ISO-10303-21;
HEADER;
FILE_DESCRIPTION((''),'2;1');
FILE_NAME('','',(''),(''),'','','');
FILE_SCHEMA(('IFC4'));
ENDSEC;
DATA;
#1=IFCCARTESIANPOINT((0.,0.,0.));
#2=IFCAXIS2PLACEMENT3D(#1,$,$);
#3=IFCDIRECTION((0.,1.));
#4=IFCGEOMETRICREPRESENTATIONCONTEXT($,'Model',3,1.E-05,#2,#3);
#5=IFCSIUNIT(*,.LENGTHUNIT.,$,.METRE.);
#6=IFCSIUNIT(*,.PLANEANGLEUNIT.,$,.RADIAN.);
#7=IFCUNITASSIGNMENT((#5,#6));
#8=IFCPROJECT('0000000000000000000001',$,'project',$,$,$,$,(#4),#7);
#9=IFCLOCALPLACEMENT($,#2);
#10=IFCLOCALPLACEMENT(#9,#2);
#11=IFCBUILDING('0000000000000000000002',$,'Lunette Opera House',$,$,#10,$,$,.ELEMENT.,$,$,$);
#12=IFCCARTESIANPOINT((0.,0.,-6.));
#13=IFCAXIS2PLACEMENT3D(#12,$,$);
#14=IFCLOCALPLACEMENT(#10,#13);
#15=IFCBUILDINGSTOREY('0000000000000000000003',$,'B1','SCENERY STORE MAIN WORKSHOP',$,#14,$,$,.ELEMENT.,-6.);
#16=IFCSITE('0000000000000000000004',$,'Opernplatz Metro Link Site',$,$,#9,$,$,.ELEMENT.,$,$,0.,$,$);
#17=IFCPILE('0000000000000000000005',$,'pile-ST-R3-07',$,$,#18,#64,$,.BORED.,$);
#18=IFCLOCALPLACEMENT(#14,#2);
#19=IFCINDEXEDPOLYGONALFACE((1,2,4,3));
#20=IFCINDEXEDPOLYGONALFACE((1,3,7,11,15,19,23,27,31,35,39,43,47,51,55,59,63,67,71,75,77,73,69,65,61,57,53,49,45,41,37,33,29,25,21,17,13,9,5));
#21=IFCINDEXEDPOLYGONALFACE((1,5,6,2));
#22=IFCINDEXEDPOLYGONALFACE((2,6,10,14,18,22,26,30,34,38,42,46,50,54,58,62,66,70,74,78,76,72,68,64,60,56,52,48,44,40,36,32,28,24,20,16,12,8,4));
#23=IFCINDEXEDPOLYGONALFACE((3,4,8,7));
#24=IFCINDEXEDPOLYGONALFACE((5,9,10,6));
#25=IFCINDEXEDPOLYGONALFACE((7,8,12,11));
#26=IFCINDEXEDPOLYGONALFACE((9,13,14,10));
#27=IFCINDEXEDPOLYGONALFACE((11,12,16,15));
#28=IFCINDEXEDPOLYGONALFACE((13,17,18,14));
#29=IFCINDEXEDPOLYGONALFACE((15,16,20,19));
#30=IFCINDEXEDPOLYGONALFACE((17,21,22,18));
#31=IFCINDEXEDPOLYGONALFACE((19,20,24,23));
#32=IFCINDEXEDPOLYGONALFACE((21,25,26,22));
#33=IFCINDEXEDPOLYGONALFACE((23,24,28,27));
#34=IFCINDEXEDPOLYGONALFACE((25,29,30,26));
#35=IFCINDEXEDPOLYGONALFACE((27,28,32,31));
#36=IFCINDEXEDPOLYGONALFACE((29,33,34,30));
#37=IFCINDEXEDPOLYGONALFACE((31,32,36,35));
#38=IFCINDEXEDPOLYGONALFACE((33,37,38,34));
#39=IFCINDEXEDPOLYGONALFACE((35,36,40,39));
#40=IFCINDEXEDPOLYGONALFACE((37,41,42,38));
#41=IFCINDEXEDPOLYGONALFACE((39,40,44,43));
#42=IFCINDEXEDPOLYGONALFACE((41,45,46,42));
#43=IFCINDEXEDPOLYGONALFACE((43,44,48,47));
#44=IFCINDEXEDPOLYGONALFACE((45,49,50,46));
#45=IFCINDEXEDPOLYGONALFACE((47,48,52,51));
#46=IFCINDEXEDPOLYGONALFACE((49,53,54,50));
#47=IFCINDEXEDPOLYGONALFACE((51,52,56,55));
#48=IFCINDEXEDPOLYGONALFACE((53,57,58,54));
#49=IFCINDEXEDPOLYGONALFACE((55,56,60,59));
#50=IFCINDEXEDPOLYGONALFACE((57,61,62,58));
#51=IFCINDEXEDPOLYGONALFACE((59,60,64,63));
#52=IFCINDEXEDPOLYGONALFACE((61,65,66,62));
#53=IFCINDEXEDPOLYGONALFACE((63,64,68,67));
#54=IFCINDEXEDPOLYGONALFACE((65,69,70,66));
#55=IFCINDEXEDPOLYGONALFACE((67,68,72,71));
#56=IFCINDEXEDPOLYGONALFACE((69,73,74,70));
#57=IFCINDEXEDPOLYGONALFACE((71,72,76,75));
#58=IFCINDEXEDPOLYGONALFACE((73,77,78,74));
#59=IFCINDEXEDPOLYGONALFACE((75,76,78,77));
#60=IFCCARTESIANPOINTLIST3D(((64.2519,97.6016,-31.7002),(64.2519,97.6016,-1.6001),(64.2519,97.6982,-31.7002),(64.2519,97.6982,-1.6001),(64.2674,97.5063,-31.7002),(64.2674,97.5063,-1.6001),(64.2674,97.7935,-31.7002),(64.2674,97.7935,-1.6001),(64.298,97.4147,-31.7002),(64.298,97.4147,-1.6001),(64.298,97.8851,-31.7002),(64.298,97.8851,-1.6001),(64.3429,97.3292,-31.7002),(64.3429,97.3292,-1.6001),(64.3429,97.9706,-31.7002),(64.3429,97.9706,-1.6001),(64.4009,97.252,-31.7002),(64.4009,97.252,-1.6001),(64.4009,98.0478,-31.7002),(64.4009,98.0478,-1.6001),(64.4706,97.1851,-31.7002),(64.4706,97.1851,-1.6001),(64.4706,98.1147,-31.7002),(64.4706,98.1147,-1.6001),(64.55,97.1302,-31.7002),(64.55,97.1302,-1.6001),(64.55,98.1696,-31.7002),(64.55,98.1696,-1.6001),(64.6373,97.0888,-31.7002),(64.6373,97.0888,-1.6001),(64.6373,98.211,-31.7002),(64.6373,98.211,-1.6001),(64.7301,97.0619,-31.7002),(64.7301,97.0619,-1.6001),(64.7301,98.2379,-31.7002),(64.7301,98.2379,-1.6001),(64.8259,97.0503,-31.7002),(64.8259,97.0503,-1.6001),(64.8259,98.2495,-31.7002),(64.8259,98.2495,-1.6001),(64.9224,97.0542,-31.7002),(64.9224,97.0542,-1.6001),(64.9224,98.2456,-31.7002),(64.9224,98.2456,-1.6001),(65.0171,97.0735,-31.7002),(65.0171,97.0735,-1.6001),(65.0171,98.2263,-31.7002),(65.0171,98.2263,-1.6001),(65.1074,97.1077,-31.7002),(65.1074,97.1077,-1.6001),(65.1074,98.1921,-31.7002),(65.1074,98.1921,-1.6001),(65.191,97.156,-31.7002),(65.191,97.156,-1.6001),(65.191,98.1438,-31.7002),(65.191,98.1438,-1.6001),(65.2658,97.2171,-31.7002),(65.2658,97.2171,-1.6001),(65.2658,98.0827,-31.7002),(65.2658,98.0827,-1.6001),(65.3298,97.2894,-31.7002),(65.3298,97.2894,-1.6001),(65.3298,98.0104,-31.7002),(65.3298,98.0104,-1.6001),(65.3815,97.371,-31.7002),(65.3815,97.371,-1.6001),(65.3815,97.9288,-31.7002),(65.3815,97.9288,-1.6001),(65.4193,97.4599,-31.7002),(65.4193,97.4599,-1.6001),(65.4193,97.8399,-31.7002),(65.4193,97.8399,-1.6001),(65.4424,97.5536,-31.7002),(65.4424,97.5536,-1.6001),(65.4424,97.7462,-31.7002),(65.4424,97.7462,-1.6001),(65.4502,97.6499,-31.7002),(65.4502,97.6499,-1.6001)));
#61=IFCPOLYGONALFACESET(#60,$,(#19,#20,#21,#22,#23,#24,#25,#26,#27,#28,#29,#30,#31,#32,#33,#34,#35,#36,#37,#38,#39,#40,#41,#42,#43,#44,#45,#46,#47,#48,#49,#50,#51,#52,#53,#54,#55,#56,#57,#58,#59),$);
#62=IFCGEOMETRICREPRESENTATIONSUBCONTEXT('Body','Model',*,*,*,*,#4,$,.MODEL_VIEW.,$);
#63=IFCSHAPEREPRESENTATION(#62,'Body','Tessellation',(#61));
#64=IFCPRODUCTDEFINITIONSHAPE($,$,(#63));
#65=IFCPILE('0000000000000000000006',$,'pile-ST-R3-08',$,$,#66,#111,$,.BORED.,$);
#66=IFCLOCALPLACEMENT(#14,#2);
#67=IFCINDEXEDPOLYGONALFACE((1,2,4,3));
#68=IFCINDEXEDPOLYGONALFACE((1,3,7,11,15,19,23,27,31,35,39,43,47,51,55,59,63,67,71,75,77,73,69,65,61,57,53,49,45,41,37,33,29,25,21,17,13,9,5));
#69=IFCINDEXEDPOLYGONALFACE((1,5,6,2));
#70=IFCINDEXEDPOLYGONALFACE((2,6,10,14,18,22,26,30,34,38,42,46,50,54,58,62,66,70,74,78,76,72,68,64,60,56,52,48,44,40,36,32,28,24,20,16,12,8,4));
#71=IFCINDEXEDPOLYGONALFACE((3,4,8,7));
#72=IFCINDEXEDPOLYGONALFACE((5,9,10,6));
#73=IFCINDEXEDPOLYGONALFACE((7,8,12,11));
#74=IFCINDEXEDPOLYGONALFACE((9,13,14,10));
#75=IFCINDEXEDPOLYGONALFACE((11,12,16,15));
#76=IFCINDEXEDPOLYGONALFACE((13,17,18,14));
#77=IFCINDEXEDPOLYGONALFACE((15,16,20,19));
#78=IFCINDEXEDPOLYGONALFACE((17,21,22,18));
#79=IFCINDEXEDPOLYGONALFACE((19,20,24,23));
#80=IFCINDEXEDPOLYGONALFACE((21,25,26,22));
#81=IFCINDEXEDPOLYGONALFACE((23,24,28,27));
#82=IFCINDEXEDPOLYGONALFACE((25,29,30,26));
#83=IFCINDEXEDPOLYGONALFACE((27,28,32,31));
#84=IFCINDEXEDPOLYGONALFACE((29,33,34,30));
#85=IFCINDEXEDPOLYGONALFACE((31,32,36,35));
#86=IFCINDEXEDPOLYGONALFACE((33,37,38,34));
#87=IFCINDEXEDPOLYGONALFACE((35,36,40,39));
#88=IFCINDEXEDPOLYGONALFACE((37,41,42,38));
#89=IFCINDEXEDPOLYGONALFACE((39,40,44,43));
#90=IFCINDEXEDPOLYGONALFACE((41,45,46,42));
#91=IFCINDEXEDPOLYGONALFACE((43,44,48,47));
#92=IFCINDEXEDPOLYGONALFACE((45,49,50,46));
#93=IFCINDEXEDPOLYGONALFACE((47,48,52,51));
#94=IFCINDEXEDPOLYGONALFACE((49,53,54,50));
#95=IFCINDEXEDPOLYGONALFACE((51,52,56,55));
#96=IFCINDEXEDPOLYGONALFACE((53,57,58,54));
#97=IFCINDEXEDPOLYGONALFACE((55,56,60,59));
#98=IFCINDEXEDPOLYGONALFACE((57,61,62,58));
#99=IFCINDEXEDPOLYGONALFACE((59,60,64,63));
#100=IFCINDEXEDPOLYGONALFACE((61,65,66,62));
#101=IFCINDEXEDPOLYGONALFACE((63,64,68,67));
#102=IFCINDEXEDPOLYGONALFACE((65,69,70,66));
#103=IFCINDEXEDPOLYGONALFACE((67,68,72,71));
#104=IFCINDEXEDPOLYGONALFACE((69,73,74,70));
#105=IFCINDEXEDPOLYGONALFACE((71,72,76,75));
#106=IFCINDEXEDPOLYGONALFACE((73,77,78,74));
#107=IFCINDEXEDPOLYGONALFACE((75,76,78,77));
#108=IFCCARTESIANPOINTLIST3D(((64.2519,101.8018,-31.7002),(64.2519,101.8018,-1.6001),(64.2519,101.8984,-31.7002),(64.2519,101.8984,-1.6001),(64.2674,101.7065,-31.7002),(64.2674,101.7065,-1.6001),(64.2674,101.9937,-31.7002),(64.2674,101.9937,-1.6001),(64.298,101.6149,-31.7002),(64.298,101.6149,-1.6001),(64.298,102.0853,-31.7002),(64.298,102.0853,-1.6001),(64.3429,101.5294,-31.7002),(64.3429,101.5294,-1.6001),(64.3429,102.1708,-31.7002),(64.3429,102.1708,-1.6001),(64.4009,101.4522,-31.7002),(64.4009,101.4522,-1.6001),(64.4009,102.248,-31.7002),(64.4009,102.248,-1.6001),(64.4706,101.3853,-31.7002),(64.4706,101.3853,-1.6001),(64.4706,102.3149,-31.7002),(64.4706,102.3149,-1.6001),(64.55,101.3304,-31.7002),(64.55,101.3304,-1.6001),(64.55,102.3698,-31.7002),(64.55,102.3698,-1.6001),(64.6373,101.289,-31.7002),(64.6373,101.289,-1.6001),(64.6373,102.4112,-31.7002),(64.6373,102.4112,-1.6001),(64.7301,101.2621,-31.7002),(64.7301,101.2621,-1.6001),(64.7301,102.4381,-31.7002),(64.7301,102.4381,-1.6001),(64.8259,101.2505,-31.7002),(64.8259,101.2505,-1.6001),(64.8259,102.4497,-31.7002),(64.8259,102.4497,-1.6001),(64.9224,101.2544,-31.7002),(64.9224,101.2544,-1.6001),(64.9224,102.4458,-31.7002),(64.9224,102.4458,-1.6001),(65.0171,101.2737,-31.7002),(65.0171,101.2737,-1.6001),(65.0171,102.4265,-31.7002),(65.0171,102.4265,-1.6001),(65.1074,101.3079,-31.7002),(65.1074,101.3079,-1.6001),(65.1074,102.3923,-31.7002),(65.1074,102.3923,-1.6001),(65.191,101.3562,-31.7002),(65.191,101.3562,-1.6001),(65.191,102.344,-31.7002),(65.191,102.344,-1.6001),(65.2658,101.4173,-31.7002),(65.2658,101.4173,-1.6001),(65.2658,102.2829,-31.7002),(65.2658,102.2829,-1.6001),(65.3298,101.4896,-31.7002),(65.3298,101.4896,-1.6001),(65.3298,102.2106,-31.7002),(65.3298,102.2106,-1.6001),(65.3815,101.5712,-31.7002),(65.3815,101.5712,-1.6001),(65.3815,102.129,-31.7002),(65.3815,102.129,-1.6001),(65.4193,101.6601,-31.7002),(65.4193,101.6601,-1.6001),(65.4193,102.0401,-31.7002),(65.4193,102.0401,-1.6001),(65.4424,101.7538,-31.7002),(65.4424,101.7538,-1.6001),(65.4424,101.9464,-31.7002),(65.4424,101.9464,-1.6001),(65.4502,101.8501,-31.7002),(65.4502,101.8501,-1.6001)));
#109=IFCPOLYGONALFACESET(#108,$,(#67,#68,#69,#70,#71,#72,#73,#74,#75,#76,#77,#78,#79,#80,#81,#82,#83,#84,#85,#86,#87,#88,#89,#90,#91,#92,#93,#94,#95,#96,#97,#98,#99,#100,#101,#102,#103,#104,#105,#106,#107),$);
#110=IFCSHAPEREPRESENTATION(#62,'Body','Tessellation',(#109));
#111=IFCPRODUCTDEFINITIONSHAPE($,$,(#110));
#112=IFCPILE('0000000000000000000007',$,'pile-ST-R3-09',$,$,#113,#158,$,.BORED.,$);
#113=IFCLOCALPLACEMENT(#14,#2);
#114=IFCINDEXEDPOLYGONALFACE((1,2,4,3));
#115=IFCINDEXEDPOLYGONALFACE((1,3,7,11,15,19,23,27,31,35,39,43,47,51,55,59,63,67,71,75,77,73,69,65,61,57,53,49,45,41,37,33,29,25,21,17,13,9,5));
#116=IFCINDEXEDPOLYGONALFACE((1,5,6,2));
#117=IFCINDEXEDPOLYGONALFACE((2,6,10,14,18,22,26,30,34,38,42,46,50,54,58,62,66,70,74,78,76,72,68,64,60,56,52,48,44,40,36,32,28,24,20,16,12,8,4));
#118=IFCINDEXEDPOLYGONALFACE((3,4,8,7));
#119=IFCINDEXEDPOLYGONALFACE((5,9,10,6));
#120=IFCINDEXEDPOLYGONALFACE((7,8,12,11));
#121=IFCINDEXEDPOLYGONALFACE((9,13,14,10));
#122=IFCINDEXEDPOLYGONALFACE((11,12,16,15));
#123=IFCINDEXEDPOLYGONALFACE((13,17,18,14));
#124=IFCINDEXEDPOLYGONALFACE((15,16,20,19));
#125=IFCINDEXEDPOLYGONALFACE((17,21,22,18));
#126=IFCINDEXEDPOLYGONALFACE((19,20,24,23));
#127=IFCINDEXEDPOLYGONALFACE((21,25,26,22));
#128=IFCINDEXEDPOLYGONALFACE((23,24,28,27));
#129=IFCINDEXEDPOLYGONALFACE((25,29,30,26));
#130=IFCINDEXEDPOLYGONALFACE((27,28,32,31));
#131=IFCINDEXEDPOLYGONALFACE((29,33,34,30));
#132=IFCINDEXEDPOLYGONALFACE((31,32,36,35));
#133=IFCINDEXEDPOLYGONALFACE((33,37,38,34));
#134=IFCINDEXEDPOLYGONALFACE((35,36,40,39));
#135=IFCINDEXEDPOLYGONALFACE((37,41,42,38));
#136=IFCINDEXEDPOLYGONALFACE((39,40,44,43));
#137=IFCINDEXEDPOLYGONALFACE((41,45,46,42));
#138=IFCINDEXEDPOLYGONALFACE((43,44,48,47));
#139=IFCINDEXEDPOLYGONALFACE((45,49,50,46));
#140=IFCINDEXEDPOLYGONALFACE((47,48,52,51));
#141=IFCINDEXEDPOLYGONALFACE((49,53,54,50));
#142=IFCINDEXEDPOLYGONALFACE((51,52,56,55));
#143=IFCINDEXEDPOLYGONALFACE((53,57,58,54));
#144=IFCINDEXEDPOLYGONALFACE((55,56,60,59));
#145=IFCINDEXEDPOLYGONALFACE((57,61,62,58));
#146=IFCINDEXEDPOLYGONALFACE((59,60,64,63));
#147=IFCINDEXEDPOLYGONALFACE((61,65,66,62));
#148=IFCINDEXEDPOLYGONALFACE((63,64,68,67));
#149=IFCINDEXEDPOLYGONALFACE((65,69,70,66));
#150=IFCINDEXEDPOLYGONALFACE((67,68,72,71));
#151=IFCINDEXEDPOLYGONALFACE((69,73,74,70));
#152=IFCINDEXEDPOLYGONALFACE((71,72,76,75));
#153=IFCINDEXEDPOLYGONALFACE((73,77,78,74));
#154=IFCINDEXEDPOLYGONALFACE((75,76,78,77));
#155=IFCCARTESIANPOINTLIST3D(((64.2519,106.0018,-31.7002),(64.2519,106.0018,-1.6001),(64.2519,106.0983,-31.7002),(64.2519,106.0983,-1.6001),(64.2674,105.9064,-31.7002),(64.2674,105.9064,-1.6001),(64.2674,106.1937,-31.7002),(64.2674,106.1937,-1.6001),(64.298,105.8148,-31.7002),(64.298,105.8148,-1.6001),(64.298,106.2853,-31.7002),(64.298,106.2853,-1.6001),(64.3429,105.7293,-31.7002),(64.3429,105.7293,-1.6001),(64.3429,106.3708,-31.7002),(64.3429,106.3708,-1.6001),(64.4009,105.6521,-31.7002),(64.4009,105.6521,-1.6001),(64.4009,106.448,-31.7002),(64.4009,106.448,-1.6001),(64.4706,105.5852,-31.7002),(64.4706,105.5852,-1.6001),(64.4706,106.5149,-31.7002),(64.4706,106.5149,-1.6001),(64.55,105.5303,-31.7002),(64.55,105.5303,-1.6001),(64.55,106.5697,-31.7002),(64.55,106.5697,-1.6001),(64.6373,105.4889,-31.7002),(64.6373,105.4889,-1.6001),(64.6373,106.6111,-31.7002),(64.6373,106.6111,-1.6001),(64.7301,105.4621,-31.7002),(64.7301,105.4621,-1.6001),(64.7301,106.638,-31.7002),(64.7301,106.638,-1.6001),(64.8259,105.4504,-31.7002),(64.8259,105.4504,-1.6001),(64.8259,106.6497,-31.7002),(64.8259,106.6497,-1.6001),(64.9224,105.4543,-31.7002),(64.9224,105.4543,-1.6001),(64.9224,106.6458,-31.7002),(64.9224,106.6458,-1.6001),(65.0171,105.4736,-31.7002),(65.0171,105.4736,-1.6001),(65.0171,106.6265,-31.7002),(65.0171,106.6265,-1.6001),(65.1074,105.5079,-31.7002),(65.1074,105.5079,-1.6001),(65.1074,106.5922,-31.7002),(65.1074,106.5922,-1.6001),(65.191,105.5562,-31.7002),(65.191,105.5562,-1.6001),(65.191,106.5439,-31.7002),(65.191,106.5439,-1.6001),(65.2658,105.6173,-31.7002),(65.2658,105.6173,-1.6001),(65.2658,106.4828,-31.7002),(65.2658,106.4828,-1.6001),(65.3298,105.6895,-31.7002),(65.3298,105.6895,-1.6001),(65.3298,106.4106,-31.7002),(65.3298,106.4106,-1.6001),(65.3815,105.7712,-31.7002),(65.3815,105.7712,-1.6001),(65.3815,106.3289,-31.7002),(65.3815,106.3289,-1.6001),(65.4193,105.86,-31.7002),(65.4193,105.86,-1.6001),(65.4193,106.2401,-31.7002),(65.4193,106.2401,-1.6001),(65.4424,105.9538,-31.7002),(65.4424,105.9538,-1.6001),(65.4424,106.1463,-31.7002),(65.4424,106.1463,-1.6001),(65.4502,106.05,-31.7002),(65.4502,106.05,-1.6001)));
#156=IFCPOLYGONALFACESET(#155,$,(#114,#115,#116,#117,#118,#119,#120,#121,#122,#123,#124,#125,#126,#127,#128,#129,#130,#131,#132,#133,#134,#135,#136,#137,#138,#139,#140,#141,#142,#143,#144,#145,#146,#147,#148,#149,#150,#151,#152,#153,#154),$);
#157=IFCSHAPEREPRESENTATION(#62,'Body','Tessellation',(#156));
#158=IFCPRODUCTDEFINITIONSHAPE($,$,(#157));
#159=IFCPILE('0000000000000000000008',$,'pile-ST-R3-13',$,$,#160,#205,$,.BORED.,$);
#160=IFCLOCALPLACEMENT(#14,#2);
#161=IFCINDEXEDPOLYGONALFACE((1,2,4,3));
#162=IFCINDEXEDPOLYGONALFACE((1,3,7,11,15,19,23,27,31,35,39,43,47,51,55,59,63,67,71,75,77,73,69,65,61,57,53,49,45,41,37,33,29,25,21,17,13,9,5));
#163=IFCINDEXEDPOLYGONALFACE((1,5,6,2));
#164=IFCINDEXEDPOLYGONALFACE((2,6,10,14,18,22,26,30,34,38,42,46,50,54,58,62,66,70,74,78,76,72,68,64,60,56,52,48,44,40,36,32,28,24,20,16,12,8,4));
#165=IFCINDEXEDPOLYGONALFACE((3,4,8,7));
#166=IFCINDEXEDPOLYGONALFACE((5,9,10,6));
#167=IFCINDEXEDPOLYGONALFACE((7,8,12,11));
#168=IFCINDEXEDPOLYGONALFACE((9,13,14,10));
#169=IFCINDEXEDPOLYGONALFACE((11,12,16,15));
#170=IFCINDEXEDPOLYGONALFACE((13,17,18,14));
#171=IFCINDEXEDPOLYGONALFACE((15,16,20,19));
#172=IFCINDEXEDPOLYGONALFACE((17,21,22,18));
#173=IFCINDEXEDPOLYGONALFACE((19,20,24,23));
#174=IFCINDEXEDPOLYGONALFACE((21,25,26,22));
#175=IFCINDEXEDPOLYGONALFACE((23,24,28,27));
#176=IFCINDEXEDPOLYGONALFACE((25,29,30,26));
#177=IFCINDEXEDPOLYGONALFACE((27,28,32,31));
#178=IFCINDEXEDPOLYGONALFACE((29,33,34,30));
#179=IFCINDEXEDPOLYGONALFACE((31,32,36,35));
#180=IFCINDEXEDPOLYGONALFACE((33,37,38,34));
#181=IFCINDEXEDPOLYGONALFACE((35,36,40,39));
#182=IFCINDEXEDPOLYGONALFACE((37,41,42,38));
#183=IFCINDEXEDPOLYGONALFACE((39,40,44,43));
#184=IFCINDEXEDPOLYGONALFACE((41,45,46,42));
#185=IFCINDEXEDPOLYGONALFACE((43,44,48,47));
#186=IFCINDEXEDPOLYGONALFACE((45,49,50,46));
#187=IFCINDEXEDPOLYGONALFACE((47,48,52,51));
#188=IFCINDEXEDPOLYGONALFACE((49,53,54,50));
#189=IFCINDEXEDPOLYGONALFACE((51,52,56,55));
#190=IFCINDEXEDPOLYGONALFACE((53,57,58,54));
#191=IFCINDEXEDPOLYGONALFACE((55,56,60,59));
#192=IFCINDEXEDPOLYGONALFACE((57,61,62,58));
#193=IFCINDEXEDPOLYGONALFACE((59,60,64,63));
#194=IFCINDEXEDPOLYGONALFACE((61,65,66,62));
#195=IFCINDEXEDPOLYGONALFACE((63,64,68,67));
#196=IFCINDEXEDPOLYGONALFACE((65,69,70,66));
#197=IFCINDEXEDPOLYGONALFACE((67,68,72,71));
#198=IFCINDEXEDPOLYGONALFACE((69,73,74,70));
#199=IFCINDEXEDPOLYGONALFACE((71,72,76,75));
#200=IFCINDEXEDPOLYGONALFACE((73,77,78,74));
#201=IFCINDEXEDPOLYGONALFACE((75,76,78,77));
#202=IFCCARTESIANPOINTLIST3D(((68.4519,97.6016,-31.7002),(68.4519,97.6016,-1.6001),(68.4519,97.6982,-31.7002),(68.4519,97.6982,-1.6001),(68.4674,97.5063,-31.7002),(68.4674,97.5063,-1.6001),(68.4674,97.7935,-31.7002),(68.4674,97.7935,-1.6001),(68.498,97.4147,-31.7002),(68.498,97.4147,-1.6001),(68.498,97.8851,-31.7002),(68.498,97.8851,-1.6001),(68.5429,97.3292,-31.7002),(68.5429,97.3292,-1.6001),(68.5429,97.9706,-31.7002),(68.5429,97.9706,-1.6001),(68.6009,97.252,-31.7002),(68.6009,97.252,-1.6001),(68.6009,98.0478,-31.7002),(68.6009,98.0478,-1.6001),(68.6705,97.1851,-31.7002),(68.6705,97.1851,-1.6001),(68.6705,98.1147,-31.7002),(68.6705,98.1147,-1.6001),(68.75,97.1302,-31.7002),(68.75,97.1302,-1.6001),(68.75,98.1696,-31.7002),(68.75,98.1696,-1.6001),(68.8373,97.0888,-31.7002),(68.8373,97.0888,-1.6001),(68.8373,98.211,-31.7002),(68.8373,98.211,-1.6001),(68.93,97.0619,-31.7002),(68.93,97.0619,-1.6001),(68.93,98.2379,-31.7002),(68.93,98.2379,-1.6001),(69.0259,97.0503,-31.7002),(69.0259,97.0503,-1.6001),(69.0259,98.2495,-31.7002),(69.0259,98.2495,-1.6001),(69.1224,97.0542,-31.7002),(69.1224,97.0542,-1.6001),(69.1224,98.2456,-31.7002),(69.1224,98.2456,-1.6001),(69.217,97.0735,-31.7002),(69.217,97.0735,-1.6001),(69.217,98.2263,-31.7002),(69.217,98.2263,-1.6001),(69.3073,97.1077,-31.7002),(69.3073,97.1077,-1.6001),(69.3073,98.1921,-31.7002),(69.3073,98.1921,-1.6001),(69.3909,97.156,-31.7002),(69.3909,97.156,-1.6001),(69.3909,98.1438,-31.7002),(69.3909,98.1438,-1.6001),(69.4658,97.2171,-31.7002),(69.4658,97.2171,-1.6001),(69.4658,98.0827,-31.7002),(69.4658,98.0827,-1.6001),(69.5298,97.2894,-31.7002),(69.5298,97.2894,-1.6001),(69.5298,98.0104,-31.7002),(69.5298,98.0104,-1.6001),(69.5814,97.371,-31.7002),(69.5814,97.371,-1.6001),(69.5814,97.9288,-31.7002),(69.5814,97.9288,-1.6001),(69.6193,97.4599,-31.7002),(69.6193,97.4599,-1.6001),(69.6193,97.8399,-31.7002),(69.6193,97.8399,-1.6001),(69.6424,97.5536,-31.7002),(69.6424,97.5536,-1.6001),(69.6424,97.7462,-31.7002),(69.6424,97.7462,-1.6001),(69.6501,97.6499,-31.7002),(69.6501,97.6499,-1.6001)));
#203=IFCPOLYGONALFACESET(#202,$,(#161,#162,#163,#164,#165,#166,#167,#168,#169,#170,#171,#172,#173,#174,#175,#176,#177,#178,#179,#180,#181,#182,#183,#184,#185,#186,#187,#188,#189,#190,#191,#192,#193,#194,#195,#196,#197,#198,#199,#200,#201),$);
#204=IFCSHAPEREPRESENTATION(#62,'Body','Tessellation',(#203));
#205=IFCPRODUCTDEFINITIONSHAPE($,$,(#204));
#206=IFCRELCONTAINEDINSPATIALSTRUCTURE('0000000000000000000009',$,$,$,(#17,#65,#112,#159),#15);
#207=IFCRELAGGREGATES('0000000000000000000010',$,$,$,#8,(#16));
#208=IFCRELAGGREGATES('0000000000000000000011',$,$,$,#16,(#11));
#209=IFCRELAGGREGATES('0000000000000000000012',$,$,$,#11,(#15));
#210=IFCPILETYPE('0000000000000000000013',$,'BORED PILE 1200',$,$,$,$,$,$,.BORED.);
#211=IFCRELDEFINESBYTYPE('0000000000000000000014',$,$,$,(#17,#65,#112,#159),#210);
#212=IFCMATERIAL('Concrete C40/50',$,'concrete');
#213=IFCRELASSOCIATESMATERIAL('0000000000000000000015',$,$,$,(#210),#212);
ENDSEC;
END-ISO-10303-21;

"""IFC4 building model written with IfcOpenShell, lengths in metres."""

from ifc_helpers import new_model, si_unit, direction, frame, origin, origin_2d, place, context, subcontext, project, spatial, circle, extrude, material, material_profile, profile_set, type_object, element, save


model = new_model("IFC4")

# Units and contexts
model_context = context("Model", 3, precision=1e-05, world=origin(), true_north=direction((0.0, 1.0)))
body_context = subcontext(model_context, "Body", "Model", "MODEL_VIEW")
ifc_project = project(units=[si_unit("LENGTHUNIT", "METRE"), si_unit("PLANEANGLEUNIT", "RADIAN")], contexts=[model_context])

# Site, building, storey
site_placement = place(None, origin())
site = spatial("IfcSite", under=ifc_project, at=site_placement, Name="Opernplatz Metro Link Site", CompositionType="ELEMENT", RefElevation=0.0)
building_placement = place(site_placement, origin())
building = spatial("IfcBuilding", under=site, at=building_placement, Name="Lunette Opera House", CompositionType="ELEMENT")
storey_placement = place(building_placement, frame((0.0, 0.0, -6.0)))
storey = spatial("IfcBuildingStorey", under=building, at=storey_placement, Name="B1", Description="SCENERY STORE MAIN WORKSHOP", CompositionType="ELEMENT", Elevation=-6.0)

# Piles
ifc_material_1 = material(Name="Concrete C40/50", Category="concrete")
ifc_material_profile_1 = material_profile(ifc_material_1, circle(Radius=0.6001, at=origin_2d()), Name="BORED PILE 1200")
ifc_profile_set_1 = profile_set([ifc_material_profile_1], Name="Concrete C40/50")
pile_type = type_object("IfcPileType", Name="BORED PILE 1200", PredefinedType="BORED", material=ifc_profile_set_1)
for number, where, z_axis, x_axis, name in (
    (1, (64.8501, 97.6499, -1.6001), (0.0, 0.0, -1.0), (1.0, 0.0, 0.0), "pile-ST-R3-07"),
    (2, (64.8501, 101.8501, -1.6001), (0.0, 0.0, -1.0), (1.0, 0.0, 0.0), "pile-ST-R3-08"),
    (3, (64.8501, 106.05, -1.6001), (0.0, 0.0, -1.0), (1.0, 0.0, 0.0), "pile-ST-R3-09"),
    (4, (69.05, 97.6499, -1.6001), (0.0, 0.0, -1.0), (1.0, 0.0, 0.0), "pile-ST-R3-13"),
):
    element("IfcPile", number, at=place(storey_placement, frame(where, z_axis=z_axis, x_axis=x_axis)), inside=storey, type_object=pile_type, Name=name, PredefinedType="BORED", context=body_context, shape_type="SweptSolid", body=[
        extrude(circle(Radius=0.6001, at=origin_2d()), origin(), (0.0, 0.0, 1.0), 30.1001),
    ])

save(model, "model.ifc")
